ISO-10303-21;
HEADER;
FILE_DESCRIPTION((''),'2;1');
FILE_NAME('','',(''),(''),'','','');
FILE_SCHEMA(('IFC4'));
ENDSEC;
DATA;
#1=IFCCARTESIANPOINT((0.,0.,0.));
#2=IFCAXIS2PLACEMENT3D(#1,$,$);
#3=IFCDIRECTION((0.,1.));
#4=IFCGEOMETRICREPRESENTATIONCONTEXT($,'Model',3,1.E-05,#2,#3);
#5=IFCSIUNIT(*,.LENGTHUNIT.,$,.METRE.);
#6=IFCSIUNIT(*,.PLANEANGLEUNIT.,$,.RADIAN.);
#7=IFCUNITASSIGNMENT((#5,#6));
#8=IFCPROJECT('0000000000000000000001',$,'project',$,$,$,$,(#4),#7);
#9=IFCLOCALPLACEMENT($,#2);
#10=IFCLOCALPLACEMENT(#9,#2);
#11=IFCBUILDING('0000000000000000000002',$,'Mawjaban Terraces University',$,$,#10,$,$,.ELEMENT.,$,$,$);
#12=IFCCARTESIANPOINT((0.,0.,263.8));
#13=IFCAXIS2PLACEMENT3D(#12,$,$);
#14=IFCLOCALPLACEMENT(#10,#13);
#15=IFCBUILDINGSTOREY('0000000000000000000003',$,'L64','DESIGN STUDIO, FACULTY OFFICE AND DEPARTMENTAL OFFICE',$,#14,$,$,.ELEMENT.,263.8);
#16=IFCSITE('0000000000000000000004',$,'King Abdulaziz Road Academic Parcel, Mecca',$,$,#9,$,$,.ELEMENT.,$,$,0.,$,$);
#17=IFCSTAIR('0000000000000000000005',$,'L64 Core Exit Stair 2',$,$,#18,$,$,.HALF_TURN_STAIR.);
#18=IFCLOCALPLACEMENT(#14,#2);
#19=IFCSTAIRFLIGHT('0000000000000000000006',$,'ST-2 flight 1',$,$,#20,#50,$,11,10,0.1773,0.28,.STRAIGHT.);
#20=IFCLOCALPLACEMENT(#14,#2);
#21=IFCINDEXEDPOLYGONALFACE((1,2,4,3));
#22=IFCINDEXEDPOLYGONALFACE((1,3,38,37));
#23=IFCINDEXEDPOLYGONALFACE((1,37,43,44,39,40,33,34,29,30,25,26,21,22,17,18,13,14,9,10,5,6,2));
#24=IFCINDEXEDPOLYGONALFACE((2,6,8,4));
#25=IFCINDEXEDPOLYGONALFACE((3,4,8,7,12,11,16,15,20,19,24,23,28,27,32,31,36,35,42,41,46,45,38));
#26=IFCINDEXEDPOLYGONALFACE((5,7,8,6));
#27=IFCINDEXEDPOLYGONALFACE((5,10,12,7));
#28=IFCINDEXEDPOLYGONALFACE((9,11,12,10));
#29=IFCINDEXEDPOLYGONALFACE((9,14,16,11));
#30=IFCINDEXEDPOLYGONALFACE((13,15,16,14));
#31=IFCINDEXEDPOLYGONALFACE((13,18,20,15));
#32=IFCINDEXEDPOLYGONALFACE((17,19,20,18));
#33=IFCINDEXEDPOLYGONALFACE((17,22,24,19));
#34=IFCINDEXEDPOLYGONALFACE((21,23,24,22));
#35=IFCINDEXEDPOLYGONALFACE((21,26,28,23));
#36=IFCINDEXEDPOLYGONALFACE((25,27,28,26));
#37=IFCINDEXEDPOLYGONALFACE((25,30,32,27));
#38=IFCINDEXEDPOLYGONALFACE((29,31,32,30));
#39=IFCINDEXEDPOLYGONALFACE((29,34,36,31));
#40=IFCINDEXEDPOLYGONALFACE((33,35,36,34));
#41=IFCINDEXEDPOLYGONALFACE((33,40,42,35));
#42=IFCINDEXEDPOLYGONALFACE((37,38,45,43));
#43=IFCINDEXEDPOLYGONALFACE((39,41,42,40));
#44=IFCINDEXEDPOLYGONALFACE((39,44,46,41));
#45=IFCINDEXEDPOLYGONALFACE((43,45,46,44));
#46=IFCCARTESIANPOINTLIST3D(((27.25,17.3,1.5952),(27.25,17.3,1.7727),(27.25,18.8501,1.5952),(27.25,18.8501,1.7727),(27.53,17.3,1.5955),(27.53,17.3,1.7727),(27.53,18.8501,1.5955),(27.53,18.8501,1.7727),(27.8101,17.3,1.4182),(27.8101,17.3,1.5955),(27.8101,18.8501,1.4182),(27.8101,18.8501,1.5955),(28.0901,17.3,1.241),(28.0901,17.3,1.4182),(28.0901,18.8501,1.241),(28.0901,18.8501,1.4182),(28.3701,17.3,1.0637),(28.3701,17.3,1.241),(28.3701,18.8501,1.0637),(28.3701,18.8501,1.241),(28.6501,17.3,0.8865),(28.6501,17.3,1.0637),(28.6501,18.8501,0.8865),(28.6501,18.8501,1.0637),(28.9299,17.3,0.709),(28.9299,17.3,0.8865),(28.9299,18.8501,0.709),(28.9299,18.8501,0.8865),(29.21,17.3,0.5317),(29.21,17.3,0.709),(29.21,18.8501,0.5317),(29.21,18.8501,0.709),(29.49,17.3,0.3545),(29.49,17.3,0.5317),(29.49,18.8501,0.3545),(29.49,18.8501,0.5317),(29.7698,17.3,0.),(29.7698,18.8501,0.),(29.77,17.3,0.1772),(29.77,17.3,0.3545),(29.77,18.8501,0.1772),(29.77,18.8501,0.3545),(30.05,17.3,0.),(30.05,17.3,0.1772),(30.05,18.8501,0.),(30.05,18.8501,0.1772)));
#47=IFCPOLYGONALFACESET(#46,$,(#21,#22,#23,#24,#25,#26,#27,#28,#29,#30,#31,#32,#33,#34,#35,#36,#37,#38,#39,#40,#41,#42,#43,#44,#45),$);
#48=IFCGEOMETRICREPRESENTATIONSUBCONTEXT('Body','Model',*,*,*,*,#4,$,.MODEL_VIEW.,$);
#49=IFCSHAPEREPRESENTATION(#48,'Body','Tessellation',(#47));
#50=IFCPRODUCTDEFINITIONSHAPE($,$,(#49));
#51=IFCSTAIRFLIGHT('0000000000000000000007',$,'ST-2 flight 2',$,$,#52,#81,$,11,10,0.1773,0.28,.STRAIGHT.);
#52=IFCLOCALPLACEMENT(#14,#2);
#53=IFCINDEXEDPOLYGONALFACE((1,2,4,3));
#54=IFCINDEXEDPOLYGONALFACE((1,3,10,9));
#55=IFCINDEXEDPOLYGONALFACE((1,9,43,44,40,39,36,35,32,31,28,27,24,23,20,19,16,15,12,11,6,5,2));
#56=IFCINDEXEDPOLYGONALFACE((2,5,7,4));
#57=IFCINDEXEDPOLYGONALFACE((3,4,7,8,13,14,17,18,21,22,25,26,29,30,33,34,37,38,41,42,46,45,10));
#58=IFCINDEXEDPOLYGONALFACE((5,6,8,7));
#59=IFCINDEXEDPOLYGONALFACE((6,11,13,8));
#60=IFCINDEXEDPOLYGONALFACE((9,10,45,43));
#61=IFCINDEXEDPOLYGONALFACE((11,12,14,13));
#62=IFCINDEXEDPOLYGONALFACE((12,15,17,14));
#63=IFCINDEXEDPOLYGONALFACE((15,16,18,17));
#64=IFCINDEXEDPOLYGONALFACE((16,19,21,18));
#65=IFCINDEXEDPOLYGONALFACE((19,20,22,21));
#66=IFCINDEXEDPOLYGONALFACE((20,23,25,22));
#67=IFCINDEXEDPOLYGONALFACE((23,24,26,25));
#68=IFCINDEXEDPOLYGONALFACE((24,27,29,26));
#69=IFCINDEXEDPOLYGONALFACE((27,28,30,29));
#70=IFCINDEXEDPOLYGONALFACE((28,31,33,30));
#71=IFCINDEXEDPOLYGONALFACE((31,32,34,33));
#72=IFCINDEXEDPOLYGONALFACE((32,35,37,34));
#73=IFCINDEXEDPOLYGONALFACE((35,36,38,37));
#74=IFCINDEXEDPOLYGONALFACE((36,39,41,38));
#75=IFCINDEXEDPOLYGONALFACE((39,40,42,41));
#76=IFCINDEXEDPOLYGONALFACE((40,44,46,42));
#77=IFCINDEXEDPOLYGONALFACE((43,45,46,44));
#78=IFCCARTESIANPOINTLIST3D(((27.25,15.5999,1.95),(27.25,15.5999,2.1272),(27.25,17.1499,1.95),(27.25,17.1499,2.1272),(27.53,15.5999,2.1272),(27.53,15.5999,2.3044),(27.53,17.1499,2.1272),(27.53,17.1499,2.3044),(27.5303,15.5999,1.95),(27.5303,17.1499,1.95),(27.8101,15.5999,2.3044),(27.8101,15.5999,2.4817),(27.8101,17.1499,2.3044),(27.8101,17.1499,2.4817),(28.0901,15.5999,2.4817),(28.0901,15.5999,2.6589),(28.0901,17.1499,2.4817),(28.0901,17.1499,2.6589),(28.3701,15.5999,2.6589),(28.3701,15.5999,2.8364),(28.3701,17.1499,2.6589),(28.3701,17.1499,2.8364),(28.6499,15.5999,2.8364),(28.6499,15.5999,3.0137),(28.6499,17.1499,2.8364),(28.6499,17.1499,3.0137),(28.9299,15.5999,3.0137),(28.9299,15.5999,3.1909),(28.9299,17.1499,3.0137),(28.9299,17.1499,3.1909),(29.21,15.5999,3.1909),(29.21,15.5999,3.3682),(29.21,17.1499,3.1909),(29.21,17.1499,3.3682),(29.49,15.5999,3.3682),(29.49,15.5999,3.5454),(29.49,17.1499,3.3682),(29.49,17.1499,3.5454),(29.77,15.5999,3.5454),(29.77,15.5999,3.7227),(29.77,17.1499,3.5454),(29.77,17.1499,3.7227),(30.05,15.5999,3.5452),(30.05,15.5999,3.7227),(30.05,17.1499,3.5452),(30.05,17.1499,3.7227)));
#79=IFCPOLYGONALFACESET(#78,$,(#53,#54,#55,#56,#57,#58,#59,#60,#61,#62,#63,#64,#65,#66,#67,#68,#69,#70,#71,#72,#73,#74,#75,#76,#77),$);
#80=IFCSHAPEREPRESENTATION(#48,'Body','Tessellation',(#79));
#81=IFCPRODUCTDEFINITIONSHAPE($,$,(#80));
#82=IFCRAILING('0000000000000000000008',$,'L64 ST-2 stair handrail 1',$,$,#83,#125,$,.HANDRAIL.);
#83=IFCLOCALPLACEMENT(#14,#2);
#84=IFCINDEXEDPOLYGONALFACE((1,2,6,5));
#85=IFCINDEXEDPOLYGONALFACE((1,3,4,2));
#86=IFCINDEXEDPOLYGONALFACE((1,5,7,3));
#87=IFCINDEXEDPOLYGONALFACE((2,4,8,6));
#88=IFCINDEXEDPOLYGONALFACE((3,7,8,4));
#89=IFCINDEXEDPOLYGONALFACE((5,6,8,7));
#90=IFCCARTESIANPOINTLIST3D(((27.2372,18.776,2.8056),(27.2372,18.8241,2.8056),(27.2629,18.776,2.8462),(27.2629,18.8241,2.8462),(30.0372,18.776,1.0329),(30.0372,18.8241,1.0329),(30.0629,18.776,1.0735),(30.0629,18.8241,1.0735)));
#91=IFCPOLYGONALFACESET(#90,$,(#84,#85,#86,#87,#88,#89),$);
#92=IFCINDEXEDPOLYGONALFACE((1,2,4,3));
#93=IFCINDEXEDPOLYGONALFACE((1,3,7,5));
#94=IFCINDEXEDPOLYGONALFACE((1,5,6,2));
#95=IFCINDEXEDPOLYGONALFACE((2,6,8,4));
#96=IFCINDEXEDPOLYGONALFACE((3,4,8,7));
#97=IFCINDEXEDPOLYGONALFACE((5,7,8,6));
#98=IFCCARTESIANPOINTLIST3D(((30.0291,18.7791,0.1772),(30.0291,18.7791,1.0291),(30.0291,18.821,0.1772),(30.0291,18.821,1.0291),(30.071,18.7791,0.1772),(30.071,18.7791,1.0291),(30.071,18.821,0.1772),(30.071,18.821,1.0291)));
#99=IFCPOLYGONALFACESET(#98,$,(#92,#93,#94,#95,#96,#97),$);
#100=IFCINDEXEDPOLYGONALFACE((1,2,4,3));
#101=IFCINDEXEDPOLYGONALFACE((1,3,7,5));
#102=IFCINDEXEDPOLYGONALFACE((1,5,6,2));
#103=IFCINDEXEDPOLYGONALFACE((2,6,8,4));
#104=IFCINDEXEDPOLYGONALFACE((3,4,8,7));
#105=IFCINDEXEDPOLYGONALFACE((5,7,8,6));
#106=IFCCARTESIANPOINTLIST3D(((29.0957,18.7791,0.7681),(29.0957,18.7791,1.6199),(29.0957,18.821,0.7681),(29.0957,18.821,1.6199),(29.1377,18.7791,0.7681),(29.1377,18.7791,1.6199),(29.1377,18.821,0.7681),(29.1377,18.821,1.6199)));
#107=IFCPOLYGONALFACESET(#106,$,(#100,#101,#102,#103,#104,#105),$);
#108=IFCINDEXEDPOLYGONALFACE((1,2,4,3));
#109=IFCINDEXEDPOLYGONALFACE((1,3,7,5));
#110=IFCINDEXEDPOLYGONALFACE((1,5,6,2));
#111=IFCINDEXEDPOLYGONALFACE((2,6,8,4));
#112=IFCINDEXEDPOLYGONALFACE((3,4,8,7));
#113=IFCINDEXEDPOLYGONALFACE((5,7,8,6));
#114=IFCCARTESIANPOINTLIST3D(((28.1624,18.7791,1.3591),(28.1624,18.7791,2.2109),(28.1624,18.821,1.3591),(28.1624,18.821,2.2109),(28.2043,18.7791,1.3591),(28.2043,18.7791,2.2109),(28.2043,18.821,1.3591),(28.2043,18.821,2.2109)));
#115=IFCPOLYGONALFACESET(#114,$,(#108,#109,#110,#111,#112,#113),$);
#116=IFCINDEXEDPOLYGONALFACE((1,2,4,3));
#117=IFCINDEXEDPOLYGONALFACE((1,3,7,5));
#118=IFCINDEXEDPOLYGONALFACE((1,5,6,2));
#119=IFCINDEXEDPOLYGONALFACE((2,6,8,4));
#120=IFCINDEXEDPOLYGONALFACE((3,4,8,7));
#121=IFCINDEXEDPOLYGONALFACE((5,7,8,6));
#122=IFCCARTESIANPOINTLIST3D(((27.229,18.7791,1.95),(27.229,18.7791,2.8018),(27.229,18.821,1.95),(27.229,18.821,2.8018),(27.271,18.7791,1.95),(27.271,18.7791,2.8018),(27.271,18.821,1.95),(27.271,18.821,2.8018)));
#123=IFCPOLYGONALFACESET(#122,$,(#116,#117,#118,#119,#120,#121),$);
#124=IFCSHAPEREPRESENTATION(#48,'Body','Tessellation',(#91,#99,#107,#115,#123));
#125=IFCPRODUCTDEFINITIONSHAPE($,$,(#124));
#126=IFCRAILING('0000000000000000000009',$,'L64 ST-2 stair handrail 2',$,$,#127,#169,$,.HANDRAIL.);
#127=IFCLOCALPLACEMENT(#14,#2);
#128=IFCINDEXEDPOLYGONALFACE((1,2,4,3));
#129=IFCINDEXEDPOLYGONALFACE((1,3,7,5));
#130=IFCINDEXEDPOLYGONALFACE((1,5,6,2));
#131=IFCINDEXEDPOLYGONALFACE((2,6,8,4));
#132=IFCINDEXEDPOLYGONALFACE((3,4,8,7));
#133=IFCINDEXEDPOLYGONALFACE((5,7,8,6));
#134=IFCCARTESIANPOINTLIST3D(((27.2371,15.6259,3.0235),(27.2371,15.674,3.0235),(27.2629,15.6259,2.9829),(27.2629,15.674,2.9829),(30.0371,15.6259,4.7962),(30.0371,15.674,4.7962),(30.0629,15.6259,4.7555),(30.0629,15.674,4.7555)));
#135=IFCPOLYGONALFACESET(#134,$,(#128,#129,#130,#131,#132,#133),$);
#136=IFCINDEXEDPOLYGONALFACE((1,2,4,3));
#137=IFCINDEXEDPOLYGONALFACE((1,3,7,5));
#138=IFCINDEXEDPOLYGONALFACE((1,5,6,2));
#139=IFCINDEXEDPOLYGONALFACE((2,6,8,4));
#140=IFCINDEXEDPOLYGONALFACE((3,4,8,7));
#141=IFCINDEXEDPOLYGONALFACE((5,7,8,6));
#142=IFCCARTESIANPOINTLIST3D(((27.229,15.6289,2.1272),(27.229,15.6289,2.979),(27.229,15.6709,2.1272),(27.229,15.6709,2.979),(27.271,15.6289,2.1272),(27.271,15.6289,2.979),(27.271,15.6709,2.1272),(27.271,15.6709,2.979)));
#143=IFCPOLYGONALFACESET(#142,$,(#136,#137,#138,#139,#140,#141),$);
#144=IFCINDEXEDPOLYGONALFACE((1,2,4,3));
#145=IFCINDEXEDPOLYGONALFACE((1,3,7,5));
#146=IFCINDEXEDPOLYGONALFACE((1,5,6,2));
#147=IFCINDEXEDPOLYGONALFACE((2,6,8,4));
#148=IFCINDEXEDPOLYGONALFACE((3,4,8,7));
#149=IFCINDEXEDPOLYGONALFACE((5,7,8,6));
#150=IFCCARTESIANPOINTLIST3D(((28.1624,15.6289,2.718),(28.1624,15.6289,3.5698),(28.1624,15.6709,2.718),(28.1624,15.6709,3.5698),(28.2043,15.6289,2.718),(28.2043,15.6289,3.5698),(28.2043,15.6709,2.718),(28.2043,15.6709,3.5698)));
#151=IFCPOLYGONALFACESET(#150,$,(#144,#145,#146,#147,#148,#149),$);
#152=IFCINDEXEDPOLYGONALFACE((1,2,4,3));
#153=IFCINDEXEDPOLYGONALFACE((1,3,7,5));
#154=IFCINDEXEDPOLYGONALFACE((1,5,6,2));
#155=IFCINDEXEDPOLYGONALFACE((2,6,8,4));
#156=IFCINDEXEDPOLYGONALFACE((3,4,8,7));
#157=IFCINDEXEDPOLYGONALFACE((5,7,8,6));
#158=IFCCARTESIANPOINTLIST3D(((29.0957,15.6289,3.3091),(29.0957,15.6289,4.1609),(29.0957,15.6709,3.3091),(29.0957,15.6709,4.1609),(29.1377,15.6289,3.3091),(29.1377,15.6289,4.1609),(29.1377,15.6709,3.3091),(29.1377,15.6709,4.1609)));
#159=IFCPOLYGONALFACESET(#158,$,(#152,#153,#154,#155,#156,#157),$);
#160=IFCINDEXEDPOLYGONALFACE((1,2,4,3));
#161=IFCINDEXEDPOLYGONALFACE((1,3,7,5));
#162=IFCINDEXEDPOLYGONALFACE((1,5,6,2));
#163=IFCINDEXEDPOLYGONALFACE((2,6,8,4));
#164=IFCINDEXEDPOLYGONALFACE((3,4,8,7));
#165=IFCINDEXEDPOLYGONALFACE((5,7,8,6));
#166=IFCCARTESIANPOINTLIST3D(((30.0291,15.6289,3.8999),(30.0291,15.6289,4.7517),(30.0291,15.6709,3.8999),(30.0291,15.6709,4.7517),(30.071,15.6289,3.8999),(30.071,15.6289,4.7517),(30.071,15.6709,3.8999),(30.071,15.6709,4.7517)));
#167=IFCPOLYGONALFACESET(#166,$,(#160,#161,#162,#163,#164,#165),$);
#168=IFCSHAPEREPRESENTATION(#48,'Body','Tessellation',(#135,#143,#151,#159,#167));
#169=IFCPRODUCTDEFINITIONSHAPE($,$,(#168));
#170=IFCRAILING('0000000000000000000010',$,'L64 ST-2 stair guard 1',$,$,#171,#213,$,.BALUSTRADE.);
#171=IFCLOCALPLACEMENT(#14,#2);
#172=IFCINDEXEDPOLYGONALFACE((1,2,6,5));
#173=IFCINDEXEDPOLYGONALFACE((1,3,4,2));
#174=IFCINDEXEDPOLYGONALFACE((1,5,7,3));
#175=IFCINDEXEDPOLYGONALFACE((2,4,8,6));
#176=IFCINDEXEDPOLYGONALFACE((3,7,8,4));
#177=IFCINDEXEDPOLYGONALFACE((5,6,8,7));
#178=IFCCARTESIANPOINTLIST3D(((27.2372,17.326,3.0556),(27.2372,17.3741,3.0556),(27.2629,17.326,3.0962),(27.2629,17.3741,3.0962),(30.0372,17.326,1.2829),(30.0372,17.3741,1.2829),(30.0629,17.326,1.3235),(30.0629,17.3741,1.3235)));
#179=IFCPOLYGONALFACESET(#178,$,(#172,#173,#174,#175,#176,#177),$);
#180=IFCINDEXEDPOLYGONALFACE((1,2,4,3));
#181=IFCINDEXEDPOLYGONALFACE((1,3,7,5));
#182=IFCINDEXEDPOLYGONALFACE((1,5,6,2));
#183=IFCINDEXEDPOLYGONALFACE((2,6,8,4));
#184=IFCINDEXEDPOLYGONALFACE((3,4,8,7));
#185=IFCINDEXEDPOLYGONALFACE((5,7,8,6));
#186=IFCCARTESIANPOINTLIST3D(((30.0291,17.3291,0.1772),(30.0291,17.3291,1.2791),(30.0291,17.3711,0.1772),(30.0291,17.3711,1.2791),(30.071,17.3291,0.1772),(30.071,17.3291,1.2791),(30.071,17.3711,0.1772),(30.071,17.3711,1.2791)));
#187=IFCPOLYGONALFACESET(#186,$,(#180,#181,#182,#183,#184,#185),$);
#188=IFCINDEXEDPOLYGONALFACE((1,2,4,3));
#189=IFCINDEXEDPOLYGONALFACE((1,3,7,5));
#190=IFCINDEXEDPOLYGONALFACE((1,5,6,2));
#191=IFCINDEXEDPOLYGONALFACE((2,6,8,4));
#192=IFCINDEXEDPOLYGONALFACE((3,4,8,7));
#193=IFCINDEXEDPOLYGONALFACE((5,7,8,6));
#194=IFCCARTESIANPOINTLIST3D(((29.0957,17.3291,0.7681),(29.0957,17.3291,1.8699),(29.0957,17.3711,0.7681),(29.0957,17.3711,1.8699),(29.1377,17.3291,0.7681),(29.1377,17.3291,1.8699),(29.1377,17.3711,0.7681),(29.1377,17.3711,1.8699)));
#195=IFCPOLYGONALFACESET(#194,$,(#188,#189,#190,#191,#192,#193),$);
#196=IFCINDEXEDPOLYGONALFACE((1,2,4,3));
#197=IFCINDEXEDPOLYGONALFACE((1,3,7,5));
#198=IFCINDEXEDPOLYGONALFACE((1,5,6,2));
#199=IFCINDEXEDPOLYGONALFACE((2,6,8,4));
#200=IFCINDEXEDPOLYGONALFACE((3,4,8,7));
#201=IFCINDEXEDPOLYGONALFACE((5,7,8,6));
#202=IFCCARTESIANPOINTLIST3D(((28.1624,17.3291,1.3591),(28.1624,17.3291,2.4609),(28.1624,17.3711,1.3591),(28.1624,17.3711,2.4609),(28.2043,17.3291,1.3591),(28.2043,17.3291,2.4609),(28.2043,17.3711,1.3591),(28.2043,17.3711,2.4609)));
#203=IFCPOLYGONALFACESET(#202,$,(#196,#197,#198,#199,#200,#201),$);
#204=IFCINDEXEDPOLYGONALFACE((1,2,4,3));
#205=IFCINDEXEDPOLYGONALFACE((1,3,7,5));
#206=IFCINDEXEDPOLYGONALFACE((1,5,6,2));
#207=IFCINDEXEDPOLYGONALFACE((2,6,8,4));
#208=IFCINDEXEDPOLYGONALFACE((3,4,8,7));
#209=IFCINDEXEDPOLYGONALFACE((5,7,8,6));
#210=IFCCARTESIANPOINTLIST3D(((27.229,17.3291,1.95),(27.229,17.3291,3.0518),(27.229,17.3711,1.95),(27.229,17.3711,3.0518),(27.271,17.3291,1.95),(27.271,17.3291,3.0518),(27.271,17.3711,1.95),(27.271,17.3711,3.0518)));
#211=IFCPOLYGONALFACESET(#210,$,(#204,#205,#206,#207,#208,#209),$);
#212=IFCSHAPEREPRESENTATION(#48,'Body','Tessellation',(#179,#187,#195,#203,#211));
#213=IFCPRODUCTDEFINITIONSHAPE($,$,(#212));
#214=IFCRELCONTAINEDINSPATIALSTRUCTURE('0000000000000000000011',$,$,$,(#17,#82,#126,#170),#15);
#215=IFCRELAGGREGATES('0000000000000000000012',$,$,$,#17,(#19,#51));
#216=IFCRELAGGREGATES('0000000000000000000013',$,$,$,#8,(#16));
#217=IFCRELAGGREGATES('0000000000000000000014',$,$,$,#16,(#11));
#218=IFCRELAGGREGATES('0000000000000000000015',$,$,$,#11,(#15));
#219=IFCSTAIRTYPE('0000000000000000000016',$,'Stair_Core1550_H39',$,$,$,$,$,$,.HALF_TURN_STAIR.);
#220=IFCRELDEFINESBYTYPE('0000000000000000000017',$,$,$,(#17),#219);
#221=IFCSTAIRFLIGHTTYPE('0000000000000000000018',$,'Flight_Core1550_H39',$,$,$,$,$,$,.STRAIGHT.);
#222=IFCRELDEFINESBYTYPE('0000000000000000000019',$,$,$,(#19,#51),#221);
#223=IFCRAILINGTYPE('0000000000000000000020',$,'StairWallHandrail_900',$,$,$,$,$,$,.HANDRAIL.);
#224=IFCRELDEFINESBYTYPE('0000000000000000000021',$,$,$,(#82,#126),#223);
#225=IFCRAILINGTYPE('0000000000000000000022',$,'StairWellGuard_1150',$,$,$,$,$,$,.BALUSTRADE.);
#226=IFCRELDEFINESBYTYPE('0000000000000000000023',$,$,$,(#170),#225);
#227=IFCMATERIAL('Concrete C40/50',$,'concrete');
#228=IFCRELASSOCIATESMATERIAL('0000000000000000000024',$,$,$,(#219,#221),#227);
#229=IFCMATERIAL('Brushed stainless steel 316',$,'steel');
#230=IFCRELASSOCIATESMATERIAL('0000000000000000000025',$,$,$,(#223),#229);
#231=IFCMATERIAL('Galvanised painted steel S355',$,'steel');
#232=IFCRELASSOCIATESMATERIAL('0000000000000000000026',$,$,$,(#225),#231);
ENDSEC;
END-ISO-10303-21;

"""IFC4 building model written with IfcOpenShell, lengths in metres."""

from ifc_helpers import new_model, si_unit, direction, frame, origin, origin_2d, place, context, subcontext, project, spatial, polyline, rectangle, outline, extrude, material, type_object, element, aggregate, save


model = new_model("IFC4")

# Units and contexts
model_context = context("Model", 3, precision=1e-05, world=origin(), true_north=direction((0.0, 1.0)))
body_context = subcontext(model_context, "Body", "Model", "MODEL_VIEW")
ifc_project = project(units=[si_unit("LENGTHUNIT", "METRE"), si_unit("PLANEANGLEUNIT", "RADIAN")], contexts=[model_context])

# Site, building, storey
site_placement = place(None, origin())
site = spatial("IfcSite", under=ifc_project, at=site_placement, Name="King Abdulaziz Road Academic Parcel, Mecca", CompositionType="ELEMENT", RefElevation=0.0)
building_placement = place(site_placement, origin())
building = spatial("IfcBuilding", under=site, at=building_placement, Name="Mawjaban Terraces University", CompositionType="ELEMENT")
storey_placement = place(building_placement, frame((0.0, 0.0, 263.8)))
storey = spatial("IfcBuildingStorey", under=building, at=storey_placement, Name="L64", Description="DESIGN STUDIO, FACULTY OFFICE AND DEPARTMENTAL OFFICE", CompositionType="ELEMENT", Elevation=263.8)

# Shared definitions
ifc_material_1 = material(Name="Concrete C40/50", Category="concrete")

# Stair, stair flights
stair_type = type_object("IfcStairType", Name="Stair_Core1550_H39", PredefinedType="HALF_TURN_STAIR", material=ifc_material_1)
stair_placement = place(storey_placement, origin())
stair = element("IfcStair", 1, at=stair_placement, inside=storey, type_object=stair_type, Name="L64 Core Exit Stair 2", PredefinedType="HALF_TURN_STAIR")
stair_flight_type = type_object("IfcStairFlightType", Name="Flight_Core1550_H39", PredefinedType="STRAIGHT", material=ifc_material_1)
stair_flight_1_placement = place(storey_placement, frame((30.05, 18.075, 0.0), z_axis=(0.0, 0.0, 1.0), x_axis=(-1.0, 0.0, 0.0)))
stair_flight_1 = element("IfcStairFlight", 2, at=stair_flight_1_placement, type_object=stair_flight_type, Name="ST-2 flight 1", NumberOfRisers=11, NumberOfTreads=10, PredefinedType="STRAIGHT", RiserHeight=0.1773, TreadLength=0.28, context=body_context, shape_type="SweptSolid", body=[
    extrude(outline(polyline([(0.0, 0.0), (0.0, 0.1772), (0.28, 0.1772), (0.28, 0.3545), (0.5601, 0.3545), (0.5601, 0.5317), (0.8401, 0.5317), (0.8401, 0.709), (1.1201, 0.709), (1.1201, 0.8865), (1.3999, 0.8865), (1.3999, 1.0637), (1.6799, 1.0637), (1.6799, 1.241), (1.96, 1.241), (1.96, 1.4182), (2.24, 1.4182), (2.24, 1.5955), (2.52, 1.5955), (2.52, 1.7727), (2.8, 1.7727), (2.8, 1.95), (2.8, 1.5952), (0.2803, 0.0), (0.0, 0.0)])), frame((0.0, 0.7749, 0.0), z_axis=(0.0, -1.0, 0.0), x_axis=(1.0, 0.0, 0.0)), (0.0, 0.0, 1.0), 1.55),
])
stair_flight_2_placement = place(storey_placement, frame((27.25, 16.375, 1.95), z_axis=(0.0, 0.0, 1.0), x_axis=(1.0, 0.0, 0.0)))
stair_flight_2 = element("IfcStairFlight", 3, at=stair_flight_2_placement, type_object=stair_flight_type, Name="ST-2 flight 2", NumberOfRisers=11, NumberOfTreads=10, PredefinedType="STRAIGHT", RiserHeight=0.1773, TreadLength=0.28, context=body_context, shape_type="SweptSolid", body=[
    extrude(outline(polyline([(0.0, 0.0), (0.0, 0.1772), (0.28, 0.1772), (0.28, 0.3545), (0.5601, 0.3545), (0.5601, 0.5317), (0.8401, 0.5317), (0.8401, 0.709), (1.1201, 0.709), (1.1201, 0.8865), (1.3999, 0.8865), (1.3999, 1.0637), (1.6799, 1.0637), (1.6799, 1.241), (1.96, 1.241), (1.96, 1.4182), (2.24, 1.4182), (2.24, 1.5955), (2.52, 1.5955), (2.52, 1.7727), (2.8, 1.7727), (2.8, 1.95), (2.8, 1.5952), (0.2803, 0.0), (0.0, 0.0)])), frame((0.0, 0.7749, 0.0), z_axis=(0.0, -1.0, 0.0), x_axis=(1.0, 0.0, 0.0)), (0.0, 0.0, 1.0), 1.55),
])
aggregate(stair, [stair_flight_1, stair_flight_2])

# Railings
ifc_material_2 = material(Name="Brushed stainless steel 316", Category="steel")
railing_type_1 = type_object("IfcRailingType", Name="StairWallHandrail_900", PredefinedType="HANDRAIL", material=ifc_material_2)
railing_1_placement = place(storey_placement, frame((30.05, 18.8, 0.1772)))
element("IfcRailing", 4, at=railing_1_placement, inside=storey, type_object=railing_type_1, Name="L64 ST-2 stair handrail 1", PredefinedType="HANDRAIL", context=body_context, shape_type="SweptSolid", body=[
    extrude(rectangle(XDim=0.0481, YDim=0.0481, at=origin_2d()), frame((0.0, 0.0, 0.876), z_axis=(-0.844909, 0.0, 0.53491), x_axis=(0.0, -1.0, 0.0)), (0.0, 0.0, 1.0), 3.314),
    extrude(rectangle(XDim=0.042, YDim=0.042, at=origin_2d()), origin(), (0.0, 0.0, 1.0), 0.8518),
    extrude(rectangle(XDim=0.042, YDim=0.042, at=origin_2d()), frame((-0.9333, 0.0, 0.5908)), (0.0, 0.0, 1.0), 0.8518),
    extrude(rectangle(XDim=0.042, YDim=0.042, at=origin_2d()), frame((-1.8667, 0.0, 1.1819)), (0.0, 0.0, 1.0), 0.8518),
    extrude(rectangle(XDim=0.042, YDim=0.042, at=origin_2d()), frame((-2.8, 0.0, 1.7727)), (0.0, 0.0, 1.0), 0.8518),
])
railing_2_placement = place(storey_placement, frame((27.25, 15.6499, 2.1272)))
element("IfcRailing", 5, at=railing_2_placement, inside=storey, type_object=railing_type_1, Name="L64 ST-2 stair handrail 2", PredefinedType="HANDRAIL", context=body_context, shape_type="SweptSolid", body=[
    extrude(rectangle(XDim=0.0481, YDim=0.0481, at=origin_2d()), frame((0.0, 0.0, 0.876), z_axis=(0.844909, 0.0, 0.53491), x_axis=(0.0, 1.0, 0.0)), (0.0, 0.0, 1.0), 3.314),
    extrude(rectangle(XDim=0.042, YDim=0.042, at=origin_2d()), origin(), (0.0, 0.0, 1.0), 0.8518),
    extrude(rectangle(XDim=0.042, YDim=0.042, at=origin_2d()), frame((0.9333, 0.0, 0.5908)), (0.0, 0.0, 1.0), 0.8518),
    extrude(rectangle(XDim=0.042, YDim=0.042, at=origin_2d()), frame((1.8667, 0.0, 1.1819)), (0.0, 0.0, 1.0), 0.8518),
    extrude(rectangle(XDim=0.042, YDim=0.042, at=origin_2d()), frame((2.8, 0.0, 1.7727)), (0.0, 0.0, 1.0), 0.8518),
])
ifc_material_3 = material(Name="Galvanised painted steel S355", Category="steel")
railing_type_2 = type_object("IfcRailingType", Name="StairWellGuard_1150", PredefinedType="BALUSTRADE", material=ifc_material_3)
railing_3_placement = place(storey_placement, frame((30.05, 17.3501, 0.1772)))
element("IfcRailing", 6, at=railing_3_placement, inside=storey, type_object=railing_type_2, Name="L64 ST-2 stair guard 1", PredefinedType="BALUSTRADE", context=body_context, shape_type="SweptSolid", body=[
    extrude(rectangle(XDim=0.0481, YDim=0.0481, at=origin_2d()), frame((0.0, 0.0, 1.126), z_axis=(-0.844909, 0.0, 0.53491), x_axis=(0.0, -1.0, 0.0)), (0.0, 0.0, 1.0), 3.314),
    extrude(rectangle(XDim=0.042, YDim=0.042, at=origin_2d()), origin(), (0.0, 0.0, 1.0), 1.1018),
    extrude(rectangle(XDim=0.042, YDim=0.042, at=origin_2d()), frame((-0.9333, 0.0, 0.5908)), (0.0, 0.0, 1.0), 1.1018),
    extrude(rectangle(XDim=0.042, YDim=0.042, at=origin_2d()), frame((-1.8667, 0.0, 1.1819)), (0.0, 0.0, 1.0), 1.1018),
    extrude(rectangle(XDim=0.042, YDim=0.042, at=origin_2d()), frame((-2.8, 0.0, 1.7727)), (0.0, 0.0, 1.0), 1.1018),
])

save(model, "model.ifc")
